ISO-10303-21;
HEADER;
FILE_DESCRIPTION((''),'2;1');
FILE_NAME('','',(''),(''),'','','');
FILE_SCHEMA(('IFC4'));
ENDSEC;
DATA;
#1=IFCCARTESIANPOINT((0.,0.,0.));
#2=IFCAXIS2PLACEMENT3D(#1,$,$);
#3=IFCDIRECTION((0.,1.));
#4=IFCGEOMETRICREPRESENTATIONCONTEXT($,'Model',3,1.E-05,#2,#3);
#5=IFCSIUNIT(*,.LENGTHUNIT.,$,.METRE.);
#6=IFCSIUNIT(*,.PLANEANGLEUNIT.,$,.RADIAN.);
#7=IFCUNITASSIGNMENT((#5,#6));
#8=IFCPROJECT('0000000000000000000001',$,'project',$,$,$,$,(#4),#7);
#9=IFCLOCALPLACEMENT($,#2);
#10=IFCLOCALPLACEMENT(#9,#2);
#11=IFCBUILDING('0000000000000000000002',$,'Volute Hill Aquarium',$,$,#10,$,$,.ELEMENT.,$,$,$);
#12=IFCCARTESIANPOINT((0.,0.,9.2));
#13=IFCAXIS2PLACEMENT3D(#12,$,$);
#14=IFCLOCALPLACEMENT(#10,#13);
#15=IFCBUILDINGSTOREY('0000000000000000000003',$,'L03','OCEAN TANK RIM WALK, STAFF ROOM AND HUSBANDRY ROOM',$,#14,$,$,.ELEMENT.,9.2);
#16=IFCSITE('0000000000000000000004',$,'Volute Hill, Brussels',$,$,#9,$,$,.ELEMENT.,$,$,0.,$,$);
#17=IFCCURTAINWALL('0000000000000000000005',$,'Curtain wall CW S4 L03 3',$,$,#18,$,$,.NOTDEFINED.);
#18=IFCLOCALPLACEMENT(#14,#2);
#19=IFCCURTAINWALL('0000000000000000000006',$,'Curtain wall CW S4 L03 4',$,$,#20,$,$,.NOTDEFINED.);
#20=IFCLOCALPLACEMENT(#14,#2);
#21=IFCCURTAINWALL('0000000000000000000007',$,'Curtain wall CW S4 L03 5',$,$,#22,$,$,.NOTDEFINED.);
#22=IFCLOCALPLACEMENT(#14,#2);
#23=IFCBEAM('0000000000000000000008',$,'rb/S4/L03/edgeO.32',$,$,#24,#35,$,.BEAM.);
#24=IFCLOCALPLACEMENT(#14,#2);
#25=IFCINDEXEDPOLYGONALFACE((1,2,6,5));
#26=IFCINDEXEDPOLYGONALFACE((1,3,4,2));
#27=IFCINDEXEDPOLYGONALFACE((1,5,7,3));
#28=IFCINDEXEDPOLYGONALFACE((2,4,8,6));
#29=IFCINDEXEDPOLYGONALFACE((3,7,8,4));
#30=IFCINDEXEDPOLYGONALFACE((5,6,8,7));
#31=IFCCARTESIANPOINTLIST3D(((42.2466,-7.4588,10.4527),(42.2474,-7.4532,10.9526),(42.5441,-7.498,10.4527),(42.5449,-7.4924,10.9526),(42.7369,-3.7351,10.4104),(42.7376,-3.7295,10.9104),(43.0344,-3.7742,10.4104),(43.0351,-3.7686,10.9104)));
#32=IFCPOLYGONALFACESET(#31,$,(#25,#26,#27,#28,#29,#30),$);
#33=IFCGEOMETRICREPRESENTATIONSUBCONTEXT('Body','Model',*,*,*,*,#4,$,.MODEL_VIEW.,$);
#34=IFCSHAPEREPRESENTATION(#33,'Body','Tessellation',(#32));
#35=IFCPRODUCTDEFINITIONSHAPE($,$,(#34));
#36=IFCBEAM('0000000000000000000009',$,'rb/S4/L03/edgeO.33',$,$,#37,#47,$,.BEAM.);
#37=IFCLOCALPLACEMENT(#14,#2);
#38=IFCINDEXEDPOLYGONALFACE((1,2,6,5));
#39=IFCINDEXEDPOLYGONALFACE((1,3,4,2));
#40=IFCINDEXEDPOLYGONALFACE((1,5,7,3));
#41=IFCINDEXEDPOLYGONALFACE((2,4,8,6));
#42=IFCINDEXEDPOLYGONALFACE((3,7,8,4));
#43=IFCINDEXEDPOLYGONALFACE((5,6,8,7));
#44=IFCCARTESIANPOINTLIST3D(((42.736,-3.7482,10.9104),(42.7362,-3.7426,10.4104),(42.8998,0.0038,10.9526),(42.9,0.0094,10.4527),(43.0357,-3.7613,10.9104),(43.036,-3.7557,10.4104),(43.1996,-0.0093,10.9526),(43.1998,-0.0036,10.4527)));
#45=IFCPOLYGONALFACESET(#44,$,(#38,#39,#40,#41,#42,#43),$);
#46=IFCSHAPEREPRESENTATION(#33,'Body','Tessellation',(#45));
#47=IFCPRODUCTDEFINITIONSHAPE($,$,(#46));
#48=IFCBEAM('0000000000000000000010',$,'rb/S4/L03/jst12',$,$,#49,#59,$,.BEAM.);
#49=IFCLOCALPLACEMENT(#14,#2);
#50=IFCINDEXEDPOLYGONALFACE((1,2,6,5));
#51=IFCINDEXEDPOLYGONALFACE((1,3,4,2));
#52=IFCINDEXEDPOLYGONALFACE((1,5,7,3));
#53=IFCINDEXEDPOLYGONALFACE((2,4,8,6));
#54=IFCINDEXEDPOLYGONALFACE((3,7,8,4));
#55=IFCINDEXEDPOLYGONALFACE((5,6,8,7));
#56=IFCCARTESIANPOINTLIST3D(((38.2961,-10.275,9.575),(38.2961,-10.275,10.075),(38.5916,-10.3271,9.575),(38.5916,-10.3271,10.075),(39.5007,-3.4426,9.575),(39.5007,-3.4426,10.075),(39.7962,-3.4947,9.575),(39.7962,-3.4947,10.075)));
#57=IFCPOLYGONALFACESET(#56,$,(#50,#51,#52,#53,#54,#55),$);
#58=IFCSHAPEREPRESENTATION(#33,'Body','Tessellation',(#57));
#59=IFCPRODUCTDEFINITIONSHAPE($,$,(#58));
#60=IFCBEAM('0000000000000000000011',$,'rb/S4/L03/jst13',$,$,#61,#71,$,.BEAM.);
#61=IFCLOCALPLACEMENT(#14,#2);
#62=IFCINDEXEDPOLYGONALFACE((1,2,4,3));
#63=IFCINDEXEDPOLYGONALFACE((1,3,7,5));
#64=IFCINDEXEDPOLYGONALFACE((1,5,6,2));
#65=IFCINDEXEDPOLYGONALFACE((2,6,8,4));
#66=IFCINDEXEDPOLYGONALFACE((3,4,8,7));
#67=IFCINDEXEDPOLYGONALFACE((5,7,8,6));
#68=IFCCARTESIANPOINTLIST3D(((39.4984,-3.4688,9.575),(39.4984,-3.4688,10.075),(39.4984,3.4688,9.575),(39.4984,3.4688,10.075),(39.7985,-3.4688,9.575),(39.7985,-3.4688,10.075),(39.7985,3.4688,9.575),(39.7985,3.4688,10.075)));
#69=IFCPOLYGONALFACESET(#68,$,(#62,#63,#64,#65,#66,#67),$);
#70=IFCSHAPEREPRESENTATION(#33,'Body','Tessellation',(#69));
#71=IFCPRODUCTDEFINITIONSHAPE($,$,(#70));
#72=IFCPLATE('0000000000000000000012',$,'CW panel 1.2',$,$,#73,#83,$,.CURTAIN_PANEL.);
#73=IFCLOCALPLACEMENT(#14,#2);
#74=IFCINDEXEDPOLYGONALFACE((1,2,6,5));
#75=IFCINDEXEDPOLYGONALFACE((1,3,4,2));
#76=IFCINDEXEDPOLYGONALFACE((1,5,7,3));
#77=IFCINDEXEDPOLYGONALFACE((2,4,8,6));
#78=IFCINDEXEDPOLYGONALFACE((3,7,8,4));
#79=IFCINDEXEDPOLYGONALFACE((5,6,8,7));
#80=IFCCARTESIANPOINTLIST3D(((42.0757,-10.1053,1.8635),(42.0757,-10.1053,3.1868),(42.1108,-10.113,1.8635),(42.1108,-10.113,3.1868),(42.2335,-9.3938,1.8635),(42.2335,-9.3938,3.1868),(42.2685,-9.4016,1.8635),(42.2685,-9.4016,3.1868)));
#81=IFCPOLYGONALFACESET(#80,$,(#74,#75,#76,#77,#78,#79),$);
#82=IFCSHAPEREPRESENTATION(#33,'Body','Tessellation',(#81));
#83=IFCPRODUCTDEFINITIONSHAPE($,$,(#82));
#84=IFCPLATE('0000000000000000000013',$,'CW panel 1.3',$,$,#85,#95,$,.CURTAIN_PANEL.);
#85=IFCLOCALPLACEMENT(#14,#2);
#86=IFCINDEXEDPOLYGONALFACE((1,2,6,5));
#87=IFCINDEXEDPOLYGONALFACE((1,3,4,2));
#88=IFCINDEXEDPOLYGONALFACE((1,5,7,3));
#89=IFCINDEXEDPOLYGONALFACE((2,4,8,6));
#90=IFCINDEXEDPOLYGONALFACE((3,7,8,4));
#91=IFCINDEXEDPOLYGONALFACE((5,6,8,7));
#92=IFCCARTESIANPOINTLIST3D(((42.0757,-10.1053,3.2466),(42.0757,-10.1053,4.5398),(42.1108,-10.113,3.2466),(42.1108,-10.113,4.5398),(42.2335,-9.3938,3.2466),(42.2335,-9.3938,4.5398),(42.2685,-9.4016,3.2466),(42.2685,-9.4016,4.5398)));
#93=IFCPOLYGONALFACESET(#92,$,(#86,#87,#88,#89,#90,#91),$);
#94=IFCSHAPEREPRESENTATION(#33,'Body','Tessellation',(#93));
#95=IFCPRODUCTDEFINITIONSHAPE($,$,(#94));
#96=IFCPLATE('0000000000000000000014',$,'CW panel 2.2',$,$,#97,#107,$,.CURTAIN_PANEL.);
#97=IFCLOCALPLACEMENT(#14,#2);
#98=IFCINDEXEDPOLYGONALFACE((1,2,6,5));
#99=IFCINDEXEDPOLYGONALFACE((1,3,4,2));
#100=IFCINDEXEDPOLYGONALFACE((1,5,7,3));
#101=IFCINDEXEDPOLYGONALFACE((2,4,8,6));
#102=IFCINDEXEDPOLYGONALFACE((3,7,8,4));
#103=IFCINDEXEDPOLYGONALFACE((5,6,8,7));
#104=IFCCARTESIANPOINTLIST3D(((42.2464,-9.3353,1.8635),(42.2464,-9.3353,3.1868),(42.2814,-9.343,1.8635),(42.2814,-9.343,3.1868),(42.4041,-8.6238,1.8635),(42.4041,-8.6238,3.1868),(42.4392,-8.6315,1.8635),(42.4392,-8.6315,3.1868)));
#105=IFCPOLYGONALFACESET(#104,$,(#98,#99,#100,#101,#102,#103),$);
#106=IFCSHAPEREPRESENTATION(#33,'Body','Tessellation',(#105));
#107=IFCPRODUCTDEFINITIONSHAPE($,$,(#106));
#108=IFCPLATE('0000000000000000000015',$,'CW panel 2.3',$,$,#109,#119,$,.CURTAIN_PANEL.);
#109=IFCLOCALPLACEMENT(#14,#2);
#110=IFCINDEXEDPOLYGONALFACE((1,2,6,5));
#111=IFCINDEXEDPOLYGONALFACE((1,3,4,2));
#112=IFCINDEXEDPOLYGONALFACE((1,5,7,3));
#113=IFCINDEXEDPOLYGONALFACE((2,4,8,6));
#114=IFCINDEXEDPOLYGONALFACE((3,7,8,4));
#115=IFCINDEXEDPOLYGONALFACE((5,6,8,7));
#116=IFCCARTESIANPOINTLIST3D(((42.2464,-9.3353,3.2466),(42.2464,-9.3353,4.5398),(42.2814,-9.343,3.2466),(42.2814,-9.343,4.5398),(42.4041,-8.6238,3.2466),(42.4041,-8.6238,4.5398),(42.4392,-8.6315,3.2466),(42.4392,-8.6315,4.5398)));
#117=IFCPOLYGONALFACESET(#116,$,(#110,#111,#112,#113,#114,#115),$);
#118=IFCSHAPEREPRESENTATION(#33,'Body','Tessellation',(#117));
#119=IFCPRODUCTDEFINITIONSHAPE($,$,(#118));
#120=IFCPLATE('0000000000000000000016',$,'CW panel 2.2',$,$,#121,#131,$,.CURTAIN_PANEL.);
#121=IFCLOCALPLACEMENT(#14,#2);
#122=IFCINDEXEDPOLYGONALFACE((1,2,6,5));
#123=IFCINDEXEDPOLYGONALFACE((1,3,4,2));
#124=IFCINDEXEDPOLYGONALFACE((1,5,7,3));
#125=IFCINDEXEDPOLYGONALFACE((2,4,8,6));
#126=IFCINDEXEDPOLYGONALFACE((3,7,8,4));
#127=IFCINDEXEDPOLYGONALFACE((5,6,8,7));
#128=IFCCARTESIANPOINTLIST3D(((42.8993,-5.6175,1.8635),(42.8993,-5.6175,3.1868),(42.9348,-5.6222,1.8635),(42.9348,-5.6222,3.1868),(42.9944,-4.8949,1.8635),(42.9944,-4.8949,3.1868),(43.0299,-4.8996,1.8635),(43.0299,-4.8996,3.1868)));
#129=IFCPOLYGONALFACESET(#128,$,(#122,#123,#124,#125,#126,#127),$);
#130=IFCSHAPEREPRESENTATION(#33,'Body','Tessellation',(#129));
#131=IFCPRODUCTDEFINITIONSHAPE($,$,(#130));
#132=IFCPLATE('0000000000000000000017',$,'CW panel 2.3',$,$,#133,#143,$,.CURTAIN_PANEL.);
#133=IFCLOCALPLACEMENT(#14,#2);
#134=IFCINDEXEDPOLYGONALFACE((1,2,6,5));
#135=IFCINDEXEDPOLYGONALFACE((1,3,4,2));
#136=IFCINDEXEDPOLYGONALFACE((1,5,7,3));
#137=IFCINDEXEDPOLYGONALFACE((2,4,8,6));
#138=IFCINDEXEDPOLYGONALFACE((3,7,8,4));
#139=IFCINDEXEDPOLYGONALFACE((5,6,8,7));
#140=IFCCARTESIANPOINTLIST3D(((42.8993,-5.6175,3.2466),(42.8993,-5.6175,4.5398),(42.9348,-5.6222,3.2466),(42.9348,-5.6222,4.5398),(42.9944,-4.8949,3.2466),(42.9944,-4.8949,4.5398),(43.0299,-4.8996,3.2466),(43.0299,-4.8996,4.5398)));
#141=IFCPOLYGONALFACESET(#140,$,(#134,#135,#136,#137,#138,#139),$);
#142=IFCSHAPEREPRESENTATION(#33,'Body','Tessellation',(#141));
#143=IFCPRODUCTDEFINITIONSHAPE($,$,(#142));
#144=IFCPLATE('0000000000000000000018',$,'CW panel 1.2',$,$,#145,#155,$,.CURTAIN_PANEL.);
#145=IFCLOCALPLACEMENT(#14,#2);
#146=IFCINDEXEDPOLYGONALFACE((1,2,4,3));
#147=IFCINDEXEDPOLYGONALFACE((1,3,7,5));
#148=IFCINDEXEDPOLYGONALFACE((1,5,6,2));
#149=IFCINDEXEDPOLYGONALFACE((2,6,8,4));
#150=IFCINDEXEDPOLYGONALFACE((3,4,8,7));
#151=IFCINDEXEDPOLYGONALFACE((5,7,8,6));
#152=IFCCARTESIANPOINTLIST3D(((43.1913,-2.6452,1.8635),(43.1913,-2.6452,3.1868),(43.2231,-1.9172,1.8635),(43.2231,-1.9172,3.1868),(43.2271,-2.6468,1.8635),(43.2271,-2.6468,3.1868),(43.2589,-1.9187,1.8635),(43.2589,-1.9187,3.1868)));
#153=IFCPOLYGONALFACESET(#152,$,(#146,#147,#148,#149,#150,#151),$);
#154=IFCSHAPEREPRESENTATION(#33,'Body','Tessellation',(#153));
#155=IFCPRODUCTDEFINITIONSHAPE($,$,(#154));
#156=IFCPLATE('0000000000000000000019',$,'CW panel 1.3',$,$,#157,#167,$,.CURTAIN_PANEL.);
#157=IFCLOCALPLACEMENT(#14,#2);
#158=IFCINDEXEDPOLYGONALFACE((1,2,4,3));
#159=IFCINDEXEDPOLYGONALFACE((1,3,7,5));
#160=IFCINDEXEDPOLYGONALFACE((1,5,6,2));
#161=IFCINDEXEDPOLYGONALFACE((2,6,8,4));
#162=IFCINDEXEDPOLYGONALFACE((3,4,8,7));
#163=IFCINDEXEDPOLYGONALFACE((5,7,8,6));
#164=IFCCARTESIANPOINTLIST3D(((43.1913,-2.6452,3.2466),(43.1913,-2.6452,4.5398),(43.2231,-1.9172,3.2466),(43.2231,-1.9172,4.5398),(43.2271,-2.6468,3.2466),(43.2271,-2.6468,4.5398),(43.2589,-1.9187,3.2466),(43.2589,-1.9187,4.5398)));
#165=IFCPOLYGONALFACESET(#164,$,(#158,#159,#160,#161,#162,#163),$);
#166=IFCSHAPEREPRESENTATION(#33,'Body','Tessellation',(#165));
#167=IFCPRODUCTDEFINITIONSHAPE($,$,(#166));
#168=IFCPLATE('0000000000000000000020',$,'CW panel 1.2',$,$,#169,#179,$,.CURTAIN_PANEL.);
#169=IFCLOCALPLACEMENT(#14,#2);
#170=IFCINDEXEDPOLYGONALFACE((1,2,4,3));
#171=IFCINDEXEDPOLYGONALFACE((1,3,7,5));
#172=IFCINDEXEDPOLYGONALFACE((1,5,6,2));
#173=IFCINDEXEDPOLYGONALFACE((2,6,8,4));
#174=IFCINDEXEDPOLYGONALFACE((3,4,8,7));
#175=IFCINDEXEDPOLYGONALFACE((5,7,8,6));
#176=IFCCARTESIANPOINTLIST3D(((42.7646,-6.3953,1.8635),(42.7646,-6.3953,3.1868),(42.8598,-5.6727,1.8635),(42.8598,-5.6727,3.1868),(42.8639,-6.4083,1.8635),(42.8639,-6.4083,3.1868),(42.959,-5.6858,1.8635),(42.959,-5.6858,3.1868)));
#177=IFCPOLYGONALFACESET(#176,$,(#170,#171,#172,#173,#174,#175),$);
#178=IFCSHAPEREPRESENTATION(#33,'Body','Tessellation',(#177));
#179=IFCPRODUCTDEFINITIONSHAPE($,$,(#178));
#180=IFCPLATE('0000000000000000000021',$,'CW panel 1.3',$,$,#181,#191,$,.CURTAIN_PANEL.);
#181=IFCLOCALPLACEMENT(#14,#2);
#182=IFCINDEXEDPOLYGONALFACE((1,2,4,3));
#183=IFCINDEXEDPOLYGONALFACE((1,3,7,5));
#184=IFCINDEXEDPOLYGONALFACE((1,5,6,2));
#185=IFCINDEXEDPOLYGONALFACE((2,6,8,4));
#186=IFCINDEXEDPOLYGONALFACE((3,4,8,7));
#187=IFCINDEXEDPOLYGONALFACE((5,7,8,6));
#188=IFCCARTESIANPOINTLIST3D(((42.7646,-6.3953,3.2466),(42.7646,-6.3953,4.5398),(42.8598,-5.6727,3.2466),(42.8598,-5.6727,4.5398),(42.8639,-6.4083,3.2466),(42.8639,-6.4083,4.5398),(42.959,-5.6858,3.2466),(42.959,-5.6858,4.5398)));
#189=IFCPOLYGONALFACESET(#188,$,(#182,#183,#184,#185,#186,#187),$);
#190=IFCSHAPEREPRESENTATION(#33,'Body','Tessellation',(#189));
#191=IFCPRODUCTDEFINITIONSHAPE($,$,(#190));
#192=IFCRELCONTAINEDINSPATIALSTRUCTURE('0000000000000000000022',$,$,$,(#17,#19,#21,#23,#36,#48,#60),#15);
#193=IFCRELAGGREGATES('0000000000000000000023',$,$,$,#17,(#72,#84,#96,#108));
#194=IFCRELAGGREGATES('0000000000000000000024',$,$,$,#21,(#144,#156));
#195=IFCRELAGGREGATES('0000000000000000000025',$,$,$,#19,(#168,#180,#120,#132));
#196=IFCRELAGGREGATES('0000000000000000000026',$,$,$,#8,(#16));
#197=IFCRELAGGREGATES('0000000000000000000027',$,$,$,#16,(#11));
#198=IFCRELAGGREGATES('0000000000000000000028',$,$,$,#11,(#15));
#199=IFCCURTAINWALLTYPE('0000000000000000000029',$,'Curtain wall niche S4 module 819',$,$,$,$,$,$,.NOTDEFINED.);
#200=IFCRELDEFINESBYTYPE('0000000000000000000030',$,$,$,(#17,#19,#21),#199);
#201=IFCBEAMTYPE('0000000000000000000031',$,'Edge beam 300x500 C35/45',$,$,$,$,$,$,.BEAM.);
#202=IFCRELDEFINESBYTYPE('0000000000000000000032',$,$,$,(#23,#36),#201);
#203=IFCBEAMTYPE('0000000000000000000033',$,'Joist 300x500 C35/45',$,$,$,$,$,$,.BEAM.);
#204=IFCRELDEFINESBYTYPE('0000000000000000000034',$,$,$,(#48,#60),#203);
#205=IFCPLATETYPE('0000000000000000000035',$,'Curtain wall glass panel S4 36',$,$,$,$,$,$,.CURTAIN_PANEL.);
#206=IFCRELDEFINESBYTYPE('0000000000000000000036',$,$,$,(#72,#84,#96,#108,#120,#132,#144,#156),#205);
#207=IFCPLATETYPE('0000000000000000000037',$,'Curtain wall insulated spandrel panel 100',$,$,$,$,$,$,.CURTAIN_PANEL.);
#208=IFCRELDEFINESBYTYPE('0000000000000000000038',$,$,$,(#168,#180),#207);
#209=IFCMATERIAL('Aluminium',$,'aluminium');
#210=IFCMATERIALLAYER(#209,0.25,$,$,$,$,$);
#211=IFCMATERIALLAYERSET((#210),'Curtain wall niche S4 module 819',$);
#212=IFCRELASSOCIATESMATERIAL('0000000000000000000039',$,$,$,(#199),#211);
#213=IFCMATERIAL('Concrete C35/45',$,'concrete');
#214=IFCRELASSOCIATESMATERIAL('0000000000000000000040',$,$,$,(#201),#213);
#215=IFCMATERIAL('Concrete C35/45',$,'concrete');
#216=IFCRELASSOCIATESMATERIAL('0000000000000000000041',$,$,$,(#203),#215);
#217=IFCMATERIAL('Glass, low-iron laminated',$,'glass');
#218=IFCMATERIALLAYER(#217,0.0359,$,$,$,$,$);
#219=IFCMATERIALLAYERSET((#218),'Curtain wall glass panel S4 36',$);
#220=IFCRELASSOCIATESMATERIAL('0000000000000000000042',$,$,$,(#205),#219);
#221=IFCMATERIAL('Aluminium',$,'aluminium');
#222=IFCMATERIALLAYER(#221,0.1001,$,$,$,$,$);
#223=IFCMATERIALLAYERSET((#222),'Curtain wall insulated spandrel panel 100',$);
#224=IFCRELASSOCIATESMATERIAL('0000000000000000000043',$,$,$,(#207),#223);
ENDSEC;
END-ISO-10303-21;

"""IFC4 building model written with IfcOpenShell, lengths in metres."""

from ifc_helpers import new_model, si_unit, direction, frame, origin, origin_2d, place, context, subcontext, project, spatial, rectangle, extrude, material, layer, layer_set, material_profile, profile_set, type_object, element, aggregate, save


model = new_model("IFC4")

# Units and contexts
model_context = context("Model", 3, precision=1e-05, world=origin(), true_north=direction((0.0, 1.0)))
body_context = subcontext(model_context, "Body", "Model", "MODEL_VIEW")
ifc_project = project(units=[si_unit("LENGTHUNIT", "METRE"), si_unit("PLANEANGLEUNIT", "RADIAN")], contexts=[model_context])

# Site, building, storey
site_placement = place(None, origin())
site = spatial("IfcSite", under=ifc_project, at=site_placement, Name="Volute Hill, Brussels", CompositionType="ELEMENT", RefElevation=0.0)
building_placement = place(site_placement, origin())
building = spatial("IfcBuilding", under=site, at=building_placement, Name="Volute Hill Aquarium", CompositionType="ELEMENT")
storey_placement = place(building_placement, frame((0.0, 0.0, 9.2)))
storey = spatial("IfcBuildingStorey", under=building, at=storey_placement, Name="L03", Description="OCEAN TANK RIM WALK, STAFF ROOM AND HUSBANDRY ROOM", CompositionType="ELEMENT", Elevation=9.2)

# Curtain walls
ifc_material_1 = material(Name="Aluminium", Category="aluminium")
ifc_layer_1 = layer(ifc_material_1, 0.25)
ifc_layer_set_1 = layer_set([ifc_layer_1], Name="Curtain wall niche S4 module 819")
curtain_wall_type = type_object("IfcCurtainWallType", Name="Curtain wall niche S4 module 819", PredefinedType="NOTDEFINED", material=ifc_layer_set_1)
curtain_wall_1_placement = place(storey_placement, origin())
curtain_wall_1 = element("IfcCurtainWall", 1, at=curtain_wall_1_placement, inside=storey, type_object=curtain_wall_type, Name="Curtain wall CW S4 L03 3", PredefinedType="NOTDEFINED")
curtain_wall_2_placement = place(storey_placement, origin())
curtain_wall_2 = element("IfcCurtainWall", 2, at=curtain_wall_2_placement, inside=storey, type_object=curtain_wall_type, Name="Curtain wall CW S4 L03 4", PredefinedType="NOTDEFINED")
curtain_wall_3_placement = place(storey_placement, origin())
curtain_wall_3 = element("IfcCurtainWall", 3, at=curtain_wall_3_placement, inside=storey, type_object=curtain_wall_type, Name="Curtain wall CW S4 L03 5", PredefinedType="NOTDEFINED")

# Beams
ifc_material_2 = material(Name="Concrete C35/45", Category="concrete")
ifc_material_profile_1 = material_profile(ifc_material_2, rectangle(XDim=0.3, YDim=0.5, at=origin_2d()), Name="RC edge beam 300x500")
ifc_profile_set_1 = profile_set([ifc_material_profile_1], Name="Concrete C35/45")
beam_type_1 = type_object("IfcBeamType", Name="Edge beam 300x500 C35/45", PredefinedType="BEAM", material=ifc_profile_set_1)
beam_1_placement = place(storey_placement, frame((42.3958, -7.4756, 10.7026), z_axis=(0.13052, 0.991382, -0.011245), x_axis=(-0.991445, 0.130528, 0.0)))
element("IfcBeam", 4, at=beam_1_placement, inside=storey, type_object=beam_type_1, Name="rb/S4/L03/edgeO.32", PredefinedType="BEAM", context=body_context, shape_type="SweptSolid", body=[
    extrude(rectangle(XDim=0.3, YDim=0.5, at=origin_2d()), origin(), (0.0, 0.0, 1.0), 3.7561),
])
beam_2_placement = place(storey_placement, frame((42.886, -3.752, 10.6604), z_axis=(0.043618, 0.998985, 0.011246), x_axis=(-0.999048, 0.043621, 0.0)))
element("IfcBeam", 5, at=beam_2_placement, inside=storey, type_object=beam_type_1, Name="rb/S4/L03/edgeO.33", PredefinedType="BEAM", context=body_context, shape_type="SweptSolid", body=[
    extrude(rectangle(XDim=0.3, YDim=0.5, at=origin_2d()), origin(), (0.0, 0.0, 1.0), 3.7559),
])
ifc_material_3 = material(Name="Concrete C35/45", Category="concrete")
ifc_material_profile_2 = material_profile(ifc_material_3, rectangle(XDim=0.3, YDim=0.5, at=origin_2d()), Name="RC joist 300x500")
ifc_profile_set_2 = profile_set([ifc_material_profile_2], Name="Concrete C35/45")
beam_type_2 = type_object("IfcBeamType", Name="Joist 300x500 C35/45", PredefinedType="BEAM", material=ifc_profile_set_2)
beam_3_placement = place(storey_placement, frame((38.4438, -10.301, 9.825), z_axis=(0.173631, 0.984811, 0.0), x_axis=(-0.984811, 0.173631, 0.0)))
element("IfcBeam", 6, at=beam_3_placement, inside=storey, type_object=beam_type_2, Name="rb/S4/L03/jst12", PredefinedType="BEAM", context=body_context, shape_type="SweptSolid", body=[
    extrude(rectangle(XDim=0.3, YDim=0.5, at=origin_2d()), origin(), (0.0, 0.0, 1.0), 6.9377),
])
beam_4_placement = place(storey_placement, frame((39.6484, -3.4688, 9.825), z_axis=(0.0, 1.0, 0.0), x_axis=(-1.0, 0.0, 0.0)))
element("IfcBeam", 7, at=beam_4_placement, inside=storey, type_object=beam_type_2, Name="rb/S4/L03/jst13", PredefinedType="BEAM", context=body_context, shape_type="SweptSolid", body=[
    extrude(rectangle(XDim=0.3, YDim=0.5, at=origin_2d()), origin(), (0.0, 0.0, 1.0), 6.9375),
])

# Plates
ifc_material_4 = material(Name="Glass, low-iron laminated", Category="glass")
ifc_layer_2 = layer(ifc_material_4, 0.0359)
ifc_layer_set_2 = layer_set([ifc_layer_2], Name="Curtain wall glass panel S4 36")
plate_type_1 = type_object("IfcPlateType", Name="Curtain wall glass panel S4 36", PredefinedType="CURTAIN_PANEL", material=ifc_layer_set_2)
plate_1_placement = place(storey_placement, frame((42.1721, -9.7534, 1.8635), z_axis=(0.0, 0.0, 1.0), x_axis=(0.216432, 0.976298, 0.0)))
plate_1 = element("IfcPlate", 8, at=plate_1_placement, type_object=plate_type_1, Name="CW panel 1.2", PredefinedType="CURTAIN_PANEL", context=body_context, shape_type="SweptSolid", body=[
    extrude(rectangle(XDim=0.7288, YDim=0.0359, at=origin_2d()), origin(), (0.0, 0.0, 1.0), 1.3232),
])
plate_2_placement = place(storey_placement, frame((42.1721, -9.7534, 3.2466), z_axis=(0.0, 0.0, 1.0), x_axis=(0.216432, 0.976298, 0.0)))
plate_2 = element("IfcPlate", 9, at=plate_2_placement, type_object=plate_type_1, Name="CW panel 1.3", PredefinedType="CURTAIN_PANEL", context=body_context, shape_type="SweptSolid", body=[
    extrude(rectangle(XDim=0.7288, YDim=0.0359, at=origin_2d()), origin(), (0.0, 0.0, 1.0), 1.2932),
])
plate_3_placement = place(storey_placement, frame((42.3428, -8.9834, 1.8635), z_axis=(0.0, 0.0, 1.0), x_axis=(0.216432, 0.976298, 0.0)))
plate_3 = element("IfcPlate", 10, at=plate_3_placement, type_object=plate_type_1, Name="CW panel 2.2", PredefinedType="CURTAIN_PANEL", context=body_context, shape_type="SweptSolid", body=[
    extrude(rectangle(XDim=0.7288, YDim=0.0359, at=origin_2d()), origin(), (0.0, 0.0, 1.0), 1.3232),
])
plate_4_placement = place(storey_placement, frame((42.3428, -8.9834, 3.2466), z_axis=(0.0, 0.0, 1.0), x_axis=(0.216432, 0.976298, 0.0)))
plate_4 = element("IfcPlate", 11, at=plate_4_placement, type_object=plate_type_1, Name="CW panel 2.3", PredefinedType="CURTAIN_PANEL", context=body_context, shape_type="SweptSolid", body=[
    extrude(rectangle(XDim=0.7288, YDim=0.0359, at=origin_2d()), origin(), (0.0, 0.0, 1.0), 1.2932),
])
aggregate(curtain_wall_1, [plate_1, plate_2, plate_3, plate_4])
plate_5_placement = place(storey_placement, frame((42.9646, -5.2585, 1.8635), z_axis=(0.0, 0.0, 1.0), x_axis=(0.130516, 0.991446, 0.0)))
plate_5 = element("IfcPlate", 12, at=plate_5_placement, type_object=plate_type_1, Name="CW panel 2.2", PredefinedType="CURTAIN_PANEL", context=body_context, shape_type="SweptSolid", body=[
    extrude(rectangle(XDim=0.7288, YDim=0.0359, at=origin_2d()), origin(), (0.0, 0.0, 1.0), 1.3232),
])
plate_6_placement = place(storey_placement, frame((42.9646, -5.2585, 3.2466), z_axis=(0.0, 0.0, 1.0), x_axis=(0.130516, 0.991446, 0.0)))
plate_6 = element("IfcPlate", 13, at=plate_6_placement, type_object=plate_type_1, Name="CW panel 2.3", PredefinedType="CURTAIN_PANEL", context=body_context, shape_type="SweptSolid", body=[
    extrude(rectangle(XDim=0.7288, YDim=0.0359, at=origin_2d()), origin(), (0.0, 0.0, 1.0), 1.2932),
])
plate_7_placement = place(storey_placement, frame((43.2251, -2.282, 1.8635), z_axis=(0.0, 0.0, 1.0), x_axis=(0.043617, 0.999048, 0.0)))
plate_7 = element("IfcPlate", 14, at=plate_7_placement, type_object=plate_type_1, Name="CW panel 1.2", PredefinedType="CURTAIN_PANEL", context=body_context, shape_type="SweptSolid", body=[
    extrude(rectangle(XDim=0.7288, YDim=0.0359, at=origin_2d()), origin(), (0.0, 0.0, 1.0), 1.3232),
])
plate_8_placement = place(storey_placement, frame((43.2251, -2.282, 3.2466), z_axis=(0.0, 0.0, 1.0), x_axis=(0.043617, 0.999048, 0.0)))
plate_8 = element("IfcPlate", 15, at=plate_8_placement, type_object=plate_type_1, Name="CW panel 1.3", PredefinedType="CURTAIN_PANEL", context=body_context, shape_type="SweptSolid", body=[
    extrude(rectangle(XDim=0.7288, YDim=0.0359, at=origin_2d()), origin(), (0.0, 0.0, 1.0), 1.2932),
])
aggregate(curtain_wall_3, [plate_7, plate_8])
ifc_material_5 = material(Name="Aluminium", Category="aluminium")
ifc_layer_3 = layer(ifc_material_5, 0.1001)
ifc_layer_set_3 = layer_set([ifc_layer_3], Name="Curtain wall insulated spandrel panel 100")
plate_type_2 = type_object("IfcPlateType", Name="Curtain wall insulated spandrel panel 100", PredefinedType="CURTAIN_PANEL", material=ifc_layer_set_3)
plate_9_placement = place(storey_placement, frame((42.8618, -6.0405, 1.8635), z_axis=(0.0, 0.0, 1.0), x_axis=(0.130516, 0.991446, 0.0)))
plate_9 = element("IfcPlate", 16, at=plate_9_placement, type_object=plate_type_2, Name="CW panel 1.2", PredefinedType="CURTAIN_PANEL", context=body_context, shape_type="SweptSolid", body=[
    extrude(rectangle(XDim=0.7288, YDim=0.1001, at=origin_2d()), origin(), (0.0, 0.0, 1.0), 1.3232),
])
plate_10_placement = place(storey_placement, frame((42.8618, -6.0405, 3.2466), z_axis=(0.0, 0.0, 1.0), x_axis=(0.130516, 0.991446, 0.0)))
plate_10 = element("IfcPlate", 17, at=plate_10_placement, type_object=plate_type_2, Name="CW panel 1.3", PredefinedType="CURTAIN_PANEL", context=body_context, shape_type="SweptSolid", body=[
    extrude(rectangle(XDim=0.7288, YDim=0.1001, at=origin_2d()), origin(), (0.0, 0.0, 1.0), 1.2932),
])
aggregate(curtain_wall_2, [plate_9, plate_10, plate_5, plate_6])

save(model, "model.ifc")
